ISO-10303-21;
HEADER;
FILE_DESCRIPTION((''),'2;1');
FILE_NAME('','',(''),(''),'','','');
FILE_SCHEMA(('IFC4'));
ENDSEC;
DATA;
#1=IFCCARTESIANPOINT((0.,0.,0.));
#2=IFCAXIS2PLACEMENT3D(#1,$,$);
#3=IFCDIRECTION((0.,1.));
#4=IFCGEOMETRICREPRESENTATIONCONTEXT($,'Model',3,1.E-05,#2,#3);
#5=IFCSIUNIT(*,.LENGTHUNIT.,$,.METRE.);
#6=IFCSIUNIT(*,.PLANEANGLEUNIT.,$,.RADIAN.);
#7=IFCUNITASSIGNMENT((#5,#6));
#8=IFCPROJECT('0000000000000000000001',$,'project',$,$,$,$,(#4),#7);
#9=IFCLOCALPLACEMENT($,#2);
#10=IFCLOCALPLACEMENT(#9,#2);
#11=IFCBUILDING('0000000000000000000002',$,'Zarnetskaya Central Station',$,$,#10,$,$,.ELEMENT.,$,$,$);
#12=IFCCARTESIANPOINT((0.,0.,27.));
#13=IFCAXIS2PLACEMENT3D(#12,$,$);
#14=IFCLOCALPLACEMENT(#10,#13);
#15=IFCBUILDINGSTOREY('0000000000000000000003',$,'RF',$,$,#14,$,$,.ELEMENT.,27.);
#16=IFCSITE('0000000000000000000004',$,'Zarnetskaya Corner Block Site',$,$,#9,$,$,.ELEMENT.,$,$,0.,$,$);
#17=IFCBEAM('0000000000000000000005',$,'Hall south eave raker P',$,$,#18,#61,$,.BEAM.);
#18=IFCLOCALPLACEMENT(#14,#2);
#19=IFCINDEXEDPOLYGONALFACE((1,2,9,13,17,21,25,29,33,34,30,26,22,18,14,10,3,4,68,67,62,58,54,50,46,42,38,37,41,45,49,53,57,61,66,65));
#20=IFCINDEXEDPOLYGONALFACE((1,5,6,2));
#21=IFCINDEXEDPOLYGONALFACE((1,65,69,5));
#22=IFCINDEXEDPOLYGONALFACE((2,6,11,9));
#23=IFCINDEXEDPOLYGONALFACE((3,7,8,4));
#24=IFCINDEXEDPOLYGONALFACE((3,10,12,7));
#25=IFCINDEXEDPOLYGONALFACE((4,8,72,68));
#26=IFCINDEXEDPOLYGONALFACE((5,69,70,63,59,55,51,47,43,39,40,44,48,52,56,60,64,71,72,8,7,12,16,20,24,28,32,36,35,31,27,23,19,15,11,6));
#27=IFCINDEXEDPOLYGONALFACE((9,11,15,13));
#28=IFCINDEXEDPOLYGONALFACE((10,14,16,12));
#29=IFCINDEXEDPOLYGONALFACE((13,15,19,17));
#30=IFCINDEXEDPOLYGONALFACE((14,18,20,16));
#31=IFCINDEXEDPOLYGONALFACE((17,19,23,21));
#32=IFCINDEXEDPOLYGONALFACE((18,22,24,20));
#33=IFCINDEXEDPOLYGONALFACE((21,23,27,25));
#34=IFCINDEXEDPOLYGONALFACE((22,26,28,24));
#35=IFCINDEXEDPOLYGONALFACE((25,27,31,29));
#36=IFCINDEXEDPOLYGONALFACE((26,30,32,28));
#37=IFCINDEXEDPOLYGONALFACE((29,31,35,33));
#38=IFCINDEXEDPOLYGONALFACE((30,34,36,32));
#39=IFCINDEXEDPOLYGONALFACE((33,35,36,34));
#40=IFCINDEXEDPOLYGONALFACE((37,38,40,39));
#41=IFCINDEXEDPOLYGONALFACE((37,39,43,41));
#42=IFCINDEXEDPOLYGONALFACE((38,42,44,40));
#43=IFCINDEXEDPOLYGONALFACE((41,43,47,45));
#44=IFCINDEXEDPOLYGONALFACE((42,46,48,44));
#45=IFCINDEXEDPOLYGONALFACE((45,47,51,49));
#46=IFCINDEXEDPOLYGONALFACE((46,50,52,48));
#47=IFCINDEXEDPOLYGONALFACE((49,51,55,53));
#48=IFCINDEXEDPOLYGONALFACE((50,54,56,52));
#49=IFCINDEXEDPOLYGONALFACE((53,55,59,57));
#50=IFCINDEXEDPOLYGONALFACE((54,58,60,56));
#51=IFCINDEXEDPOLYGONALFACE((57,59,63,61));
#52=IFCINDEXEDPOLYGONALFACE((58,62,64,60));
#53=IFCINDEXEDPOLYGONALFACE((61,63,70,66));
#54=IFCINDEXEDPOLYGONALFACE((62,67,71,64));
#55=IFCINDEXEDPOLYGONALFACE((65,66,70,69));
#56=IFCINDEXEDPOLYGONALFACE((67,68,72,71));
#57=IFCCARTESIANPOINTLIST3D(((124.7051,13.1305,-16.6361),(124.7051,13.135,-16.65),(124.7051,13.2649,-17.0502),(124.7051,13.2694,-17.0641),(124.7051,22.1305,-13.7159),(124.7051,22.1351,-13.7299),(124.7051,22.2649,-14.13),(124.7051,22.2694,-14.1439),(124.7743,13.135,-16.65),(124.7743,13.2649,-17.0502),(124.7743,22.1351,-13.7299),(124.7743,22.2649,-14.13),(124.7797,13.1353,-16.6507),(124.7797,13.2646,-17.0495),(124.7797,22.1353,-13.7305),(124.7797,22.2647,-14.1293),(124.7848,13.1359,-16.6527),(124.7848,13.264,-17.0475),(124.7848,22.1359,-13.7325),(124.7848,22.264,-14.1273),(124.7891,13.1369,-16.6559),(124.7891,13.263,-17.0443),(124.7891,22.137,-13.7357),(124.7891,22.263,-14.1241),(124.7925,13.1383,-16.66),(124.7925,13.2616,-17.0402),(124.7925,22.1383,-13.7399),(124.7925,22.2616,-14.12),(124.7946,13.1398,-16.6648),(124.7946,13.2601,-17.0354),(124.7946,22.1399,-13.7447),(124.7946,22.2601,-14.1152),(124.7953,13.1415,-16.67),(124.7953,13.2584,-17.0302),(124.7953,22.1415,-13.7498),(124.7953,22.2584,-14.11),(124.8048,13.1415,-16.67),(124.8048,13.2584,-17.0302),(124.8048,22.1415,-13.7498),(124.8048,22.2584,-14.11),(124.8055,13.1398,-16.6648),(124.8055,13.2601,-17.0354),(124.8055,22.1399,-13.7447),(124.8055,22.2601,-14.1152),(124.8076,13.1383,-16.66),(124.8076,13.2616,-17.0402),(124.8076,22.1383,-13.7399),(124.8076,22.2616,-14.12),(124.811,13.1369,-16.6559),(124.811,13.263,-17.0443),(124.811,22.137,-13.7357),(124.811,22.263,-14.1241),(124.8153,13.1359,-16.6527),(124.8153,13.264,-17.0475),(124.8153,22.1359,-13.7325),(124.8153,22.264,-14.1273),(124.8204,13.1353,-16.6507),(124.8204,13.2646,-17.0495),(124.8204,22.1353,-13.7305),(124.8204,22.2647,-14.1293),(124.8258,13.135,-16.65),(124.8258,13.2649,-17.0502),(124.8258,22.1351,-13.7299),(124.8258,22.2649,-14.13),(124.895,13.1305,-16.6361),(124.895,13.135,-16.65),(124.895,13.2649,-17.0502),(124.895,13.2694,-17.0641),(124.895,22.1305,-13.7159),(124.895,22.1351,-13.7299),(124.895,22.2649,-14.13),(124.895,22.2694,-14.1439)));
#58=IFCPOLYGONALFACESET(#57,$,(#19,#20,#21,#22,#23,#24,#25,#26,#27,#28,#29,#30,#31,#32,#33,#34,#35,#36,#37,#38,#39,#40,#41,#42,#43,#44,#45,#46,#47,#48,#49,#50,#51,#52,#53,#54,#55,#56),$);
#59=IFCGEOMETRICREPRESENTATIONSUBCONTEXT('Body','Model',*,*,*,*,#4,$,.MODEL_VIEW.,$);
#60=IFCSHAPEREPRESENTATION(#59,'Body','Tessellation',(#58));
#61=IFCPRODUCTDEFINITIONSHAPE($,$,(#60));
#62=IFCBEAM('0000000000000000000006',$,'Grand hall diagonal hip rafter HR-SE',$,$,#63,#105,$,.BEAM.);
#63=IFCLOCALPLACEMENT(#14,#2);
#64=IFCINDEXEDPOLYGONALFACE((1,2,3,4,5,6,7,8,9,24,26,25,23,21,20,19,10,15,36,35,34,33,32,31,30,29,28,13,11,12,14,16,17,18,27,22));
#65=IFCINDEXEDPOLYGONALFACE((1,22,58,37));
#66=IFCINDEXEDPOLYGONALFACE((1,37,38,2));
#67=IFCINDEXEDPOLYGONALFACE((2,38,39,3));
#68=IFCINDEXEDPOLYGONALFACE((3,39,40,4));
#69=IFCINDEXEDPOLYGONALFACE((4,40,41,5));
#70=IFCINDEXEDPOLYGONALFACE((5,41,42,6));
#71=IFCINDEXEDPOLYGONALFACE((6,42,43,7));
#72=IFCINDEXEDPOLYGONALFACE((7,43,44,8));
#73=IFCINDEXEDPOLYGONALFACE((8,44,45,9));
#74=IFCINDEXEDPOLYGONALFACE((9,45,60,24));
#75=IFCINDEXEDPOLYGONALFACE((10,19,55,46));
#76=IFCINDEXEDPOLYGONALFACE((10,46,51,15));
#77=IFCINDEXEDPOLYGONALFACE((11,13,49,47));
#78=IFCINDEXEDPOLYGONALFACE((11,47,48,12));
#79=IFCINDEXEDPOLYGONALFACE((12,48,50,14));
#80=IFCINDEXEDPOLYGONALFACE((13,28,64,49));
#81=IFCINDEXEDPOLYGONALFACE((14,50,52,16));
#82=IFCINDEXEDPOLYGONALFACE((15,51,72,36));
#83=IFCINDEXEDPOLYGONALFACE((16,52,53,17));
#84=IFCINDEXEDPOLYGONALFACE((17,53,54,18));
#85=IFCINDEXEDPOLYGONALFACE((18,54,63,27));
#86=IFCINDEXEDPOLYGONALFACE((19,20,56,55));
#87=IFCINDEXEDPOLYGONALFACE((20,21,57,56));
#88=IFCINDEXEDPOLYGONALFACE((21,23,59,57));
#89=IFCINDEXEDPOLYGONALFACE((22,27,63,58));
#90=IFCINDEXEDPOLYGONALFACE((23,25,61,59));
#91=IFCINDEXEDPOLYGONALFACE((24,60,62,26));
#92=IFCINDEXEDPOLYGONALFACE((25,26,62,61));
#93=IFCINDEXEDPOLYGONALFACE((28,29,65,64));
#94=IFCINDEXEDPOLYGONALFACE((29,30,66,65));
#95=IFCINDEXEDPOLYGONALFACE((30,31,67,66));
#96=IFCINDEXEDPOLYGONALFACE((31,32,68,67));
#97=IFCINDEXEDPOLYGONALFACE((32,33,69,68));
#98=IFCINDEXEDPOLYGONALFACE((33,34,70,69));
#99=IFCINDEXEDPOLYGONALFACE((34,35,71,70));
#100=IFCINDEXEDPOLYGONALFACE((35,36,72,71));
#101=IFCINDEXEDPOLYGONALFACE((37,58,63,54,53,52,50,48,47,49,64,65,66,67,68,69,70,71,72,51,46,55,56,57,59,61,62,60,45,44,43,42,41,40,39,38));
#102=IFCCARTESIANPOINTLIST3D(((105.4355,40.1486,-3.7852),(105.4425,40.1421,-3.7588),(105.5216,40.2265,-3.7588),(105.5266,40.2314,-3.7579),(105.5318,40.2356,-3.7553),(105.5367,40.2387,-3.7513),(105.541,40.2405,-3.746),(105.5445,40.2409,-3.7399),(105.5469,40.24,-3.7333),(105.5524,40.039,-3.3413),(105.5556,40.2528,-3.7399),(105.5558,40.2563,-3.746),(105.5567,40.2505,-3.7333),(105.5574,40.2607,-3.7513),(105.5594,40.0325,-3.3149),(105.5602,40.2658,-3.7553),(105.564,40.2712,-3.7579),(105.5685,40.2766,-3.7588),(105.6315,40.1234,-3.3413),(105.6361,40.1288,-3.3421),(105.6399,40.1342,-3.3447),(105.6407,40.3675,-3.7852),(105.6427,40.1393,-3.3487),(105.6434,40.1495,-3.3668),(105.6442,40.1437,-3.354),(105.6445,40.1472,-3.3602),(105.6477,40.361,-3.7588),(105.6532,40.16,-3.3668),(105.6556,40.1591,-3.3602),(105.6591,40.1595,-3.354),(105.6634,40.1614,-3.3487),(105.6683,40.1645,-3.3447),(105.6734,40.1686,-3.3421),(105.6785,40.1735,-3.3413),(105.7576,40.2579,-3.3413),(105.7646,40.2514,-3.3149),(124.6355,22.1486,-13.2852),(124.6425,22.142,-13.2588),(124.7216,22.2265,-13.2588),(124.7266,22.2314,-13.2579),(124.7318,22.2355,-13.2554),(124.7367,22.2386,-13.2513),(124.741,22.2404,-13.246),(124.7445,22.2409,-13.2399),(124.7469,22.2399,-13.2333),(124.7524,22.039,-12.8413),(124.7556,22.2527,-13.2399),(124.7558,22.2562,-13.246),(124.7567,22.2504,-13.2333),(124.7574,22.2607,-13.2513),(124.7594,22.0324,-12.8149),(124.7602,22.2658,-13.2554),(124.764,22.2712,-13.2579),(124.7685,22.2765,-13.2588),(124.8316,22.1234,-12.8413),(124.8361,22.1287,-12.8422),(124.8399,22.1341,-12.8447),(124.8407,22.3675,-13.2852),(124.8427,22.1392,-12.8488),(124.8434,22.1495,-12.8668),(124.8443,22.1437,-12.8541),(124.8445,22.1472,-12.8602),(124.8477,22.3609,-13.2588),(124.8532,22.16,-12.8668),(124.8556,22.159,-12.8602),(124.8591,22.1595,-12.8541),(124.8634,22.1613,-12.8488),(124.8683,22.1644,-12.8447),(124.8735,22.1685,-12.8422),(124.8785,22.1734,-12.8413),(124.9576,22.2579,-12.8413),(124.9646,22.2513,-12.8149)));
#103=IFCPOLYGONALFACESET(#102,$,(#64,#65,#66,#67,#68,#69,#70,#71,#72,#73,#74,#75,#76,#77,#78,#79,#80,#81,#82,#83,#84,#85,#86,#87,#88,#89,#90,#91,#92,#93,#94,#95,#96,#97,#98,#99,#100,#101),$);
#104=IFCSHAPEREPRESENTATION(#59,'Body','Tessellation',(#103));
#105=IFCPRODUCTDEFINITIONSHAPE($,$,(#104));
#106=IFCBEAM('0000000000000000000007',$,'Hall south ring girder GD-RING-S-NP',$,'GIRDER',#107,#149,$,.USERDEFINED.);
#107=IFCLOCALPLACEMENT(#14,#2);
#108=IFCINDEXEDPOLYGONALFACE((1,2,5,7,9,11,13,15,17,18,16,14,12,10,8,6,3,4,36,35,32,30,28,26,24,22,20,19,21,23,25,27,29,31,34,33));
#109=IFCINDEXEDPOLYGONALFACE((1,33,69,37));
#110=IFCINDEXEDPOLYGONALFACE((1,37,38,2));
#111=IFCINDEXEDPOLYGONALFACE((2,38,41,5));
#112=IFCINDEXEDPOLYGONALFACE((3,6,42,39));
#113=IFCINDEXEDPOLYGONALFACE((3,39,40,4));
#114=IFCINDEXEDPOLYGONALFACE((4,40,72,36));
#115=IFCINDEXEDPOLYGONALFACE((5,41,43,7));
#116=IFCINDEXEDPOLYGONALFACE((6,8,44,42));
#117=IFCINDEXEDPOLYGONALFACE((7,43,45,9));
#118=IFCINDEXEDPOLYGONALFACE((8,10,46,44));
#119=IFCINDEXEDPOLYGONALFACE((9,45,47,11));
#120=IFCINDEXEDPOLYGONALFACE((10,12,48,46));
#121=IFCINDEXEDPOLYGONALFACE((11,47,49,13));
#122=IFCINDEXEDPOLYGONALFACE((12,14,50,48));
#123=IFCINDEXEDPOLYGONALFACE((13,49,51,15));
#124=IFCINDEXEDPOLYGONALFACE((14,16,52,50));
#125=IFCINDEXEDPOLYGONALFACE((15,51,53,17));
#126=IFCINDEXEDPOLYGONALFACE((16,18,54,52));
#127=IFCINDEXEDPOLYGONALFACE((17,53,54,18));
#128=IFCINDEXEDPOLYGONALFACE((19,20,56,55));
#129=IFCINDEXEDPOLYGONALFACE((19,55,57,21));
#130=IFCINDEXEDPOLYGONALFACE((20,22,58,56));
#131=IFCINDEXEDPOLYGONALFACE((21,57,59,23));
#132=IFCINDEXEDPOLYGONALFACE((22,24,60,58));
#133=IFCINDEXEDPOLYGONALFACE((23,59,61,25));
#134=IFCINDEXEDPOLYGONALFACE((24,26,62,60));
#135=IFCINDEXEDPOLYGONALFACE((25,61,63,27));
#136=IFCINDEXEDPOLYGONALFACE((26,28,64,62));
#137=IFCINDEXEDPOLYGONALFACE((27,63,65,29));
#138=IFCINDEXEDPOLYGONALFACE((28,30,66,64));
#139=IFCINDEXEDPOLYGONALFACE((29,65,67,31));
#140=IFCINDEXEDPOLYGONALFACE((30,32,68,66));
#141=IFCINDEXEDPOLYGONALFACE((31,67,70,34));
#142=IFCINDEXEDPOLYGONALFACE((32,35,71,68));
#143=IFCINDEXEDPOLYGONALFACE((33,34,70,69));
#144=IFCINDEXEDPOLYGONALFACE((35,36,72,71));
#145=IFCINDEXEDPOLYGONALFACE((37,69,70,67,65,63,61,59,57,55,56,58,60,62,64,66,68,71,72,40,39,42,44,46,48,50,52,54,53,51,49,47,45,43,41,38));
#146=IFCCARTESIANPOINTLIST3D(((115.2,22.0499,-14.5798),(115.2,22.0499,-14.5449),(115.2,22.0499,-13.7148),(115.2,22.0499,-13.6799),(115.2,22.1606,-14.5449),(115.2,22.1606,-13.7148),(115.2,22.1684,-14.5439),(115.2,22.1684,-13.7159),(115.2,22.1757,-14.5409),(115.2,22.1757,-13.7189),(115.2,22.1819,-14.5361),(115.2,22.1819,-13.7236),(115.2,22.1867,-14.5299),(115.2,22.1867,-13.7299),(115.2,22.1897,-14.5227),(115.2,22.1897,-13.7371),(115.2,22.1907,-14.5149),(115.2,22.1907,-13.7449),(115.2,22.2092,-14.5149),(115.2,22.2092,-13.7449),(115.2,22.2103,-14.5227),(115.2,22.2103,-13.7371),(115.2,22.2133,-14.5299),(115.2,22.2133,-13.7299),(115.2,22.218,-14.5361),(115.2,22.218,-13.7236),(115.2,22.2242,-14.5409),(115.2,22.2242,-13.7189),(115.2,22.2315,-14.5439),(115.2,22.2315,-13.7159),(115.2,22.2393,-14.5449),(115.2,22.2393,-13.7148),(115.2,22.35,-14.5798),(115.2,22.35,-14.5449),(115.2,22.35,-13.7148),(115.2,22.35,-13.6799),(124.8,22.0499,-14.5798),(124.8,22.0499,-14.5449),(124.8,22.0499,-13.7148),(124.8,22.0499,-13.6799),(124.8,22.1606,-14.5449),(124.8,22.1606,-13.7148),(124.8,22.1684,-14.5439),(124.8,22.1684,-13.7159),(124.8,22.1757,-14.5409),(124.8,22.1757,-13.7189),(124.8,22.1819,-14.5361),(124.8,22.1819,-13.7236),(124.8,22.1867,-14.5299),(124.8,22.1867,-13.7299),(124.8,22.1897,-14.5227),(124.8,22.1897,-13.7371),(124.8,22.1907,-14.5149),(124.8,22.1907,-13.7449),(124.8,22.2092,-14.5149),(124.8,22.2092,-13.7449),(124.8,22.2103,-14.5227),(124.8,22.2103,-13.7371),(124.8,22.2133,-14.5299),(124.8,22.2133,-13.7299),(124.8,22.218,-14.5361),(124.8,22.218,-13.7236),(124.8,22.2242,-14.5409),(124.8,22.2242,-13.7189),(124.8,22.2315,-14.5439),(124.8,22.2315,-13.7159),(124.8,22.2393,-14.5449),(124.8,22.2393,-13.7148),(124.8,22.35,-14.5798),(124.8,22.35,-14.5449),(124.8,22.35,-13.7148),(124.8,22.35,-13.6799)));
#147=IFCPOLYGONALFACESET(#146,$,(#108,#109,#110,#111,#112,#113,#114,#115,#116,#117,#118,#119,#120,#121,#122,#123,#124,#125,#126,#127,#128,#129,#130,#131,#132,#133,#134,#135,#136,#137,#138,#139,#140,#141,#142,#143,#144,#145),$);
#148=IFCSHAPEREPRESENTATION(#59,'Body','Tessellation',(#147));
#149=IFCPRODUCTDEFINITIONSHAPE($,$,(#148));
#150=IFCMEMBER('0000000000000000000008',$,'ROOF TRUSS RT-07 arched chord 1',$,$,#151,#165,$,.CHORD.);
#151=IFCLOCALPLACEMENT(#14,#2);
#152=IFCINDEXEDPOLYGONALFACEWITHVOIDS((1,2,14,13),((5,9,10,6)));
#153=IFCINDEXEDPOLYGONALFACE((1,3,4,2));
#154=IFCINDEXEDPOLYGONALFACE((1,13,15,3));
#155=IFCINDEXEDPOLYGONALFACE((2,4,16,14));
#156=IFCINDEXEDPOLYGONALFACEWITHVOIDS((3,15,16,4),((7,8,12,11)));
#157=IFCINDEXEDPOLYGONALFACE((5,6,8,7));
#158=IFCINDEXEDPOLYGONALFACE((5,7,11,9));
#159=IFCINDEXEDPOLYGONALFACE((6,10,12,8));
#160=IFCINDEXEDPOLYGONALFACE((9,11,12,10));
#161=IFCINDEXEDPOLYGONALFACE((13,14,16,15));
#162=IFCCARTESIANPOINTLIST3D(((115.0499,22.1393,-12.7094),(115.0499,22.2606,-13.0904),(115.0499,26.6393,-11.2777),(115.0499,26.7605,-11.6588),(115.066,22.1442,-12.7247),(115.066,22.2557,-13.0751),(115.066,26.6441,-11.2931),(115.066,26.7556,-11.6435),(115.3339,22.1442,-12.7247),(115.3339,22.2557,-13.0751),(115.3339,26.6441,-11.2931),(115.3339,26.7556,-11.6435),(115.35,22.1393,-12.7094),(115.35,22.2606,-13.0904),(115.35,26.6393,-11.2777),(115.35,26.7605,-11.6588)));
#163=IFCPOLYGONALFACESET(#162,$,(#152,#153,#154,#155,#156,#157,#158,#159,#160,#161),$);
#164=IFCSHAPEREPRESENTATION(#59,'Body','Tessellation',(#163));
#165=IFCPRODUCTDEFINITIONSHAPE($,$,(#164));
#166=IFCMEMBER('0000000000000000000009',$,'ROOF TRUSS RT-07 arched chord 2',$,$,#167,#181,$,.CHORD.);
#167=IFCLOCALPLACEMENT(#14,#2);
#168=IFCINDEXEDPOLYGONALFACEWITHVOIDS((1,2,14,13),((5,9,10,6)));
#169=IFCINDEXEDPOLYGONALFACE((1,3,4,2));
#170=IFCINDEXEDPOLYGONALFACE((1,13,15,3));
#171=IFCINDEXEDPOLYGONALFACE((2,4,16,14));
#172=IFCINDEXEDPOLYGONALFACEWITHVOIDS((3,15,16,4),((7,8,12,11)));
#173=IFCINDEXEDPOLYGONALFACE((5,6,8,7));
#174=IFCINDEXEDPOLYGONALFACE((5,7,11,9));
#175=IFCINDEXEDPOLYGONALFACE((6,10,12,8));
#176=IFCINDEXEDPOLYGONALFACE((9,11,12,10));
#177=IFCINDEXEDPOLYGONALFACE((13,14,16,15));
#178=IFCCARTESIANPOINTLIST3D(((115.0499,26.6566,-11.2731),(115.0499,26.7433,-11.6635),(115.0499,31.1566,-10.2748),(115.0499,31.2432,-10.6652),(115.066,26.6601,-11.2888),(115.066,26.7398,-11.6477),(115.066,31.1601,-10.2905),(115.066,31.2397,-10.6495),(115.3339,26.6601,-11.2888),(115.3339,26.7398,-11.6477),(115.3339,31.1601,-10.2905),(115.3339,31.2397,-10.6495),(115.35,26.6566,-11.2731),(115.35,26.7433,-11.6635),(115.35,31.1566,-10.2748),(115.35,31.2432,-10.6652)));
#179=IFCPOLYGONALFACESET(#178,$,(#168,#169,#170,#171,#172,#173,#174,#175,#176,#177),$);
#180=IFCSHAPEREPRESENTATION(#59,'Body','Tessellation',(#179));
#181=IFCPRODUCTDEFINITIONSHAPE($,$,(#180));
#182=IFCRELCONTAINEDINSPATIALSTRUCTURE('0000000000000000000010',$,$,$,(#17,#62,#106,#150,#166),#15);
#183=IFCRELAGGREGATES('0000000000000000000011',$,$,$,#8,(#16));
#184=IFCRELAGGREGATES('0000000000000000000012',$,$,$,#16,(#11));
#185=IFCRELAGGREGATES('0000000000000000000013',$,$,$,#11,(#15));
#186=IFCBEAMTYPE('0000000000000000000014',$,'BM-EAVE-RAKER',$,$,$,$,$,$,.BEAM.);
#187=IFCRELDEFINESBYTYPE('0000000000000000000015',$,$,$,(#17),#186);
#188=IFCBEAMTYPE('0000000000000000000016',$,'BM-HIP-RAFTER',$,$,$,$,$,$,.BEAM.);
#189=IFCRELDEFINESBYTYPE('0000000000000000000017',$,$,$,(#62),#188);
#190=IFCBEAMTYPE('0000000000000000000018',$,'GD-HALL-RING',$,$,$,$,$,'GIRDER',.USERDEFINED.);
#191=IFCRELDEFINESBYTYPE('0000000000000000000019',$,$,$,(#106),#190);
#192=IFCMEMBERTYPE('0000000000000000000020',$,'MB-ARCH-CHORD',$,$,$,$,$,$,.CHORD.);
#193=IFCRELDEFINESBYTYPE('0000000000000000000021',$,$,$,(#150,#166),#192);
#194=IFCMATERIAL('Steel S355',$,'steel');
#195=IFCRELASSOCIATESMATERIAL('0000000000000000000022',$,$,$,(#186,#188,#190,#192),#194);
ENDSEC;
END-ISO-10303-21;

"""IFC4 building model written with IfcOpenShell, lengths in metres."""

from ifc_helpers import new_model, si_unit, direction, frame, origin, origin_2d, place, context, subcontext, project, spatial, hollow_rectangle, i_section, extrude, material, material_profile, profile_set, type_object, element, save


model = new_model("IFC4")

# Units and contexts
model_context = context("Model", 3, precision=1e-05, world=origin(), true_north=direction((0.0, 1.0)))
body_context = subcontext(model_context, "Body", "Model", "MODEL_VIEW")
ifc_project = project(units=[si_unit("LENGTHUNIT", "METRE"), si_unit("PLANEANGLEUNIT", "RADIAN")], contexts=[model_context])

# Site, building, storey
site_placement = place(None, origin())
site = spatial("IfcSite", under=ifc_project, at=site_placement, Name="Zarnetskaya Corner Block Site", CompositionType="ELEMENT", RefElevation=0.0)
building_placement = place(site_placement, origin())
building = spatial("IfcBuilding", under=site, at=building_placement, Name="Zarnetskaya Central Station", CompositionType="ELEMENT")
storey_placement = place(building_placement, frame((0.0, 0.0, 27.0)))
storey = spatial("IfcBuildingStorey", under=building, at=storey_placement, Name="RF", CompositionType="ELEMENT", Elevation=27.0)

# Beams
ifc_material_1 = material(Name="Steel S355", Category="steel")
ifc_material_profile_1 = material_profile(ifc_material_1, i_section(OverallWidth=0.1899, OverallDepth=0.45, WebThickness=0.0095, FlangeThickness=0.0146, FilletRadius=0.021, at=origin_2d()), Name="IPE 450")
ifc_profile_set_1 = profile_set([ifc_material_profile_1], Name="Steel S355")
beam_type_1 = type_object("IfcBeamType", Name="BM-EAVE-RAKER", PredefinedType="BEAM", material=ifc_profile_set_1)
beam_1_placement = place(storey_placement, frame((124.8, 13.2, -16.8501), z_axis=(0.0, 0.951184, 0.308624), x_axis=(-1.0, 0.0, 0.0)))
element("IfcBeam", 1, at=beam_1_placement, inside=storey, type_object=beam_type_1, Name="Hall south eave raker P", PredefinedType="BEAM", context=body_context, shape_type="SweptSolid", body=[
    extrude(i_section(OverallWidth=0.1899, OverallDepth=0.45, WebThickness=0.0095, FlangeThickness=0.0146, FilletRadius=0.021, at=origin_2d()), origin(), (0.0, 0.0, 1.0), 9.4619),
])
ifc_material_profile_2 = material_profile(ifc_material_1, i_section(OverallWidth=0.3, OverallDepth=0.5, WebThickness=0.0144, FlangeThickness=0.0281, FilletRadius=0.0271, at=origin_2d()), Name="HEB 500")
ifc_profile_set_2 = profile_set([ifc_material_profile_2], Name="Steel S355")
beam_type_2 = type_object("IfcBeamType", Name="BM-HIP-RAFTER", PredefinedType="BEAM", material=ifc_profile_set_2)
beam_2_placement = place(storey_placement, frame((124.8, 22.2, -13.05), z_axis=(-0.686199, 0.643313, 0.339527), x_axis=(-0.683942, -0.729536, 0.0)))
element("IfcBeam", 2, at=beam_2_placement, inside=storey, type_object=beam_type_2, Name="Grand hall diagonal hip rafter HR-SE", PredefinedType="BEAM", context=body_context, shape_type="SweptSolid", body=[
    extrude(i_section(OverallWidth=0.3, OverallDepth=0.5, WebThickness=0.0144, FlangeThickness=0.0281, FilletRadius=0.0271, at=origin_2d()), origin(), (0.0, 0.0, 1.0), 27.9802),
])
ifc_material_profile_3 = material_profile(ifc_material_1, i_section(OverallWidth=0.3, OverallDepth=0.8999, WebThickness=0.0186, FlangeThickness=0.0349, FilletRadius=0.03, at=origin_2d()), Name="HEB 900")
ifc_profile_set_3 = profile_set([ifc_material_profile_3], Name="Steel S355")
beam_type_3 = type_object("IfcBeamType", Name="GD-HALL-RING", ElementType="GIRDER", PredefinedType="USERDEFINED", material=ifc_profile_set_3)
beam_3_placement = place(storey_placement, frame((115.2, 22.2, -14.1299), z_axis=(1.0, 0.0, 0.0), x_axis=(0.0, 1.0, 0.0)))
element("IfcBeam", 3, at=beam_3_placement, inside=storey, type_object=beam_type_3, Name="Hall south ring girder GD-RING-S-NP", ObjectType="GIRDER", PredefinedType="USERDEFINED", context=body_context, shape_type="SweptSolid", body=[
    extrude(i_section(OverallWidth=0.3, OverallDepth=0.8999, WebThickness=0.0186, FlangeThickness=0.0349, FilletRadius=0.03, at=origin_2d()), origin(), (0.0, 0.0, 1.0), 9.6001),
])

# Members
ifc_material_profile_4 = material_profile(ifc_material_1, hollow_rectangle(XDim=0.3, YDim=0.3999, WallThickness=0.0161, at=origin_2d()), Name="RHS 400x300x16")
ifc_profile_set_4 = profile_set([ifc_material_profile_4], Name="Steel S355")
member_type_1 = type_object("IfcMemberType", Name="MB-ARCH-CHORD", PredefinedType="CHORD", material=ifc_profile_set_4)
member_1_placement = place(storey_placement, frame((115.2, 22.2, -12.8999), z_axis=(0.0, 0.952937, 0.30317), x_axis=(-1.0, 0.0, 0.0)))
element("IfcMember", 4, at=member_1_placement, inside=storey, type_object=member_type_1, Name="ROOF TRUSS RT-07 arched chord 1", PredefinedType="CHORD", context=body_context, shape_type="SweptSolid", body=[
    extrude(hollow_rectangle(XDim=0.3, YDim=0.3999, WallThickness=0.0161, at=origin_2d()), origin(), (0.0, 0.0, 1.0), 4.7222),
])
member_2_placement = place(storey_placement, frame((115.2, 26.7, -11.4683), z_axis=(0.0, 0.976266, 0.216577), x_axis=(-1.0, 0.0, 0.0)))
element("IfcMember", 5, at=member_2_placement, inside=storey, type_object=member_type_1, Name="ROOF TRUSS RT-07 arched chord 2", PredefinedType="CHORD", context=body_context, shape_type="SweptSolid", body=[
    extrude(hollow_rectangle(XDim=0.3, YDim=0.3999, WallThickness=0.0161, at=origin_2d()), origin(), (0.0, 0.0, 1.0), 4.6094),
])

save(model, "model.ifc")
